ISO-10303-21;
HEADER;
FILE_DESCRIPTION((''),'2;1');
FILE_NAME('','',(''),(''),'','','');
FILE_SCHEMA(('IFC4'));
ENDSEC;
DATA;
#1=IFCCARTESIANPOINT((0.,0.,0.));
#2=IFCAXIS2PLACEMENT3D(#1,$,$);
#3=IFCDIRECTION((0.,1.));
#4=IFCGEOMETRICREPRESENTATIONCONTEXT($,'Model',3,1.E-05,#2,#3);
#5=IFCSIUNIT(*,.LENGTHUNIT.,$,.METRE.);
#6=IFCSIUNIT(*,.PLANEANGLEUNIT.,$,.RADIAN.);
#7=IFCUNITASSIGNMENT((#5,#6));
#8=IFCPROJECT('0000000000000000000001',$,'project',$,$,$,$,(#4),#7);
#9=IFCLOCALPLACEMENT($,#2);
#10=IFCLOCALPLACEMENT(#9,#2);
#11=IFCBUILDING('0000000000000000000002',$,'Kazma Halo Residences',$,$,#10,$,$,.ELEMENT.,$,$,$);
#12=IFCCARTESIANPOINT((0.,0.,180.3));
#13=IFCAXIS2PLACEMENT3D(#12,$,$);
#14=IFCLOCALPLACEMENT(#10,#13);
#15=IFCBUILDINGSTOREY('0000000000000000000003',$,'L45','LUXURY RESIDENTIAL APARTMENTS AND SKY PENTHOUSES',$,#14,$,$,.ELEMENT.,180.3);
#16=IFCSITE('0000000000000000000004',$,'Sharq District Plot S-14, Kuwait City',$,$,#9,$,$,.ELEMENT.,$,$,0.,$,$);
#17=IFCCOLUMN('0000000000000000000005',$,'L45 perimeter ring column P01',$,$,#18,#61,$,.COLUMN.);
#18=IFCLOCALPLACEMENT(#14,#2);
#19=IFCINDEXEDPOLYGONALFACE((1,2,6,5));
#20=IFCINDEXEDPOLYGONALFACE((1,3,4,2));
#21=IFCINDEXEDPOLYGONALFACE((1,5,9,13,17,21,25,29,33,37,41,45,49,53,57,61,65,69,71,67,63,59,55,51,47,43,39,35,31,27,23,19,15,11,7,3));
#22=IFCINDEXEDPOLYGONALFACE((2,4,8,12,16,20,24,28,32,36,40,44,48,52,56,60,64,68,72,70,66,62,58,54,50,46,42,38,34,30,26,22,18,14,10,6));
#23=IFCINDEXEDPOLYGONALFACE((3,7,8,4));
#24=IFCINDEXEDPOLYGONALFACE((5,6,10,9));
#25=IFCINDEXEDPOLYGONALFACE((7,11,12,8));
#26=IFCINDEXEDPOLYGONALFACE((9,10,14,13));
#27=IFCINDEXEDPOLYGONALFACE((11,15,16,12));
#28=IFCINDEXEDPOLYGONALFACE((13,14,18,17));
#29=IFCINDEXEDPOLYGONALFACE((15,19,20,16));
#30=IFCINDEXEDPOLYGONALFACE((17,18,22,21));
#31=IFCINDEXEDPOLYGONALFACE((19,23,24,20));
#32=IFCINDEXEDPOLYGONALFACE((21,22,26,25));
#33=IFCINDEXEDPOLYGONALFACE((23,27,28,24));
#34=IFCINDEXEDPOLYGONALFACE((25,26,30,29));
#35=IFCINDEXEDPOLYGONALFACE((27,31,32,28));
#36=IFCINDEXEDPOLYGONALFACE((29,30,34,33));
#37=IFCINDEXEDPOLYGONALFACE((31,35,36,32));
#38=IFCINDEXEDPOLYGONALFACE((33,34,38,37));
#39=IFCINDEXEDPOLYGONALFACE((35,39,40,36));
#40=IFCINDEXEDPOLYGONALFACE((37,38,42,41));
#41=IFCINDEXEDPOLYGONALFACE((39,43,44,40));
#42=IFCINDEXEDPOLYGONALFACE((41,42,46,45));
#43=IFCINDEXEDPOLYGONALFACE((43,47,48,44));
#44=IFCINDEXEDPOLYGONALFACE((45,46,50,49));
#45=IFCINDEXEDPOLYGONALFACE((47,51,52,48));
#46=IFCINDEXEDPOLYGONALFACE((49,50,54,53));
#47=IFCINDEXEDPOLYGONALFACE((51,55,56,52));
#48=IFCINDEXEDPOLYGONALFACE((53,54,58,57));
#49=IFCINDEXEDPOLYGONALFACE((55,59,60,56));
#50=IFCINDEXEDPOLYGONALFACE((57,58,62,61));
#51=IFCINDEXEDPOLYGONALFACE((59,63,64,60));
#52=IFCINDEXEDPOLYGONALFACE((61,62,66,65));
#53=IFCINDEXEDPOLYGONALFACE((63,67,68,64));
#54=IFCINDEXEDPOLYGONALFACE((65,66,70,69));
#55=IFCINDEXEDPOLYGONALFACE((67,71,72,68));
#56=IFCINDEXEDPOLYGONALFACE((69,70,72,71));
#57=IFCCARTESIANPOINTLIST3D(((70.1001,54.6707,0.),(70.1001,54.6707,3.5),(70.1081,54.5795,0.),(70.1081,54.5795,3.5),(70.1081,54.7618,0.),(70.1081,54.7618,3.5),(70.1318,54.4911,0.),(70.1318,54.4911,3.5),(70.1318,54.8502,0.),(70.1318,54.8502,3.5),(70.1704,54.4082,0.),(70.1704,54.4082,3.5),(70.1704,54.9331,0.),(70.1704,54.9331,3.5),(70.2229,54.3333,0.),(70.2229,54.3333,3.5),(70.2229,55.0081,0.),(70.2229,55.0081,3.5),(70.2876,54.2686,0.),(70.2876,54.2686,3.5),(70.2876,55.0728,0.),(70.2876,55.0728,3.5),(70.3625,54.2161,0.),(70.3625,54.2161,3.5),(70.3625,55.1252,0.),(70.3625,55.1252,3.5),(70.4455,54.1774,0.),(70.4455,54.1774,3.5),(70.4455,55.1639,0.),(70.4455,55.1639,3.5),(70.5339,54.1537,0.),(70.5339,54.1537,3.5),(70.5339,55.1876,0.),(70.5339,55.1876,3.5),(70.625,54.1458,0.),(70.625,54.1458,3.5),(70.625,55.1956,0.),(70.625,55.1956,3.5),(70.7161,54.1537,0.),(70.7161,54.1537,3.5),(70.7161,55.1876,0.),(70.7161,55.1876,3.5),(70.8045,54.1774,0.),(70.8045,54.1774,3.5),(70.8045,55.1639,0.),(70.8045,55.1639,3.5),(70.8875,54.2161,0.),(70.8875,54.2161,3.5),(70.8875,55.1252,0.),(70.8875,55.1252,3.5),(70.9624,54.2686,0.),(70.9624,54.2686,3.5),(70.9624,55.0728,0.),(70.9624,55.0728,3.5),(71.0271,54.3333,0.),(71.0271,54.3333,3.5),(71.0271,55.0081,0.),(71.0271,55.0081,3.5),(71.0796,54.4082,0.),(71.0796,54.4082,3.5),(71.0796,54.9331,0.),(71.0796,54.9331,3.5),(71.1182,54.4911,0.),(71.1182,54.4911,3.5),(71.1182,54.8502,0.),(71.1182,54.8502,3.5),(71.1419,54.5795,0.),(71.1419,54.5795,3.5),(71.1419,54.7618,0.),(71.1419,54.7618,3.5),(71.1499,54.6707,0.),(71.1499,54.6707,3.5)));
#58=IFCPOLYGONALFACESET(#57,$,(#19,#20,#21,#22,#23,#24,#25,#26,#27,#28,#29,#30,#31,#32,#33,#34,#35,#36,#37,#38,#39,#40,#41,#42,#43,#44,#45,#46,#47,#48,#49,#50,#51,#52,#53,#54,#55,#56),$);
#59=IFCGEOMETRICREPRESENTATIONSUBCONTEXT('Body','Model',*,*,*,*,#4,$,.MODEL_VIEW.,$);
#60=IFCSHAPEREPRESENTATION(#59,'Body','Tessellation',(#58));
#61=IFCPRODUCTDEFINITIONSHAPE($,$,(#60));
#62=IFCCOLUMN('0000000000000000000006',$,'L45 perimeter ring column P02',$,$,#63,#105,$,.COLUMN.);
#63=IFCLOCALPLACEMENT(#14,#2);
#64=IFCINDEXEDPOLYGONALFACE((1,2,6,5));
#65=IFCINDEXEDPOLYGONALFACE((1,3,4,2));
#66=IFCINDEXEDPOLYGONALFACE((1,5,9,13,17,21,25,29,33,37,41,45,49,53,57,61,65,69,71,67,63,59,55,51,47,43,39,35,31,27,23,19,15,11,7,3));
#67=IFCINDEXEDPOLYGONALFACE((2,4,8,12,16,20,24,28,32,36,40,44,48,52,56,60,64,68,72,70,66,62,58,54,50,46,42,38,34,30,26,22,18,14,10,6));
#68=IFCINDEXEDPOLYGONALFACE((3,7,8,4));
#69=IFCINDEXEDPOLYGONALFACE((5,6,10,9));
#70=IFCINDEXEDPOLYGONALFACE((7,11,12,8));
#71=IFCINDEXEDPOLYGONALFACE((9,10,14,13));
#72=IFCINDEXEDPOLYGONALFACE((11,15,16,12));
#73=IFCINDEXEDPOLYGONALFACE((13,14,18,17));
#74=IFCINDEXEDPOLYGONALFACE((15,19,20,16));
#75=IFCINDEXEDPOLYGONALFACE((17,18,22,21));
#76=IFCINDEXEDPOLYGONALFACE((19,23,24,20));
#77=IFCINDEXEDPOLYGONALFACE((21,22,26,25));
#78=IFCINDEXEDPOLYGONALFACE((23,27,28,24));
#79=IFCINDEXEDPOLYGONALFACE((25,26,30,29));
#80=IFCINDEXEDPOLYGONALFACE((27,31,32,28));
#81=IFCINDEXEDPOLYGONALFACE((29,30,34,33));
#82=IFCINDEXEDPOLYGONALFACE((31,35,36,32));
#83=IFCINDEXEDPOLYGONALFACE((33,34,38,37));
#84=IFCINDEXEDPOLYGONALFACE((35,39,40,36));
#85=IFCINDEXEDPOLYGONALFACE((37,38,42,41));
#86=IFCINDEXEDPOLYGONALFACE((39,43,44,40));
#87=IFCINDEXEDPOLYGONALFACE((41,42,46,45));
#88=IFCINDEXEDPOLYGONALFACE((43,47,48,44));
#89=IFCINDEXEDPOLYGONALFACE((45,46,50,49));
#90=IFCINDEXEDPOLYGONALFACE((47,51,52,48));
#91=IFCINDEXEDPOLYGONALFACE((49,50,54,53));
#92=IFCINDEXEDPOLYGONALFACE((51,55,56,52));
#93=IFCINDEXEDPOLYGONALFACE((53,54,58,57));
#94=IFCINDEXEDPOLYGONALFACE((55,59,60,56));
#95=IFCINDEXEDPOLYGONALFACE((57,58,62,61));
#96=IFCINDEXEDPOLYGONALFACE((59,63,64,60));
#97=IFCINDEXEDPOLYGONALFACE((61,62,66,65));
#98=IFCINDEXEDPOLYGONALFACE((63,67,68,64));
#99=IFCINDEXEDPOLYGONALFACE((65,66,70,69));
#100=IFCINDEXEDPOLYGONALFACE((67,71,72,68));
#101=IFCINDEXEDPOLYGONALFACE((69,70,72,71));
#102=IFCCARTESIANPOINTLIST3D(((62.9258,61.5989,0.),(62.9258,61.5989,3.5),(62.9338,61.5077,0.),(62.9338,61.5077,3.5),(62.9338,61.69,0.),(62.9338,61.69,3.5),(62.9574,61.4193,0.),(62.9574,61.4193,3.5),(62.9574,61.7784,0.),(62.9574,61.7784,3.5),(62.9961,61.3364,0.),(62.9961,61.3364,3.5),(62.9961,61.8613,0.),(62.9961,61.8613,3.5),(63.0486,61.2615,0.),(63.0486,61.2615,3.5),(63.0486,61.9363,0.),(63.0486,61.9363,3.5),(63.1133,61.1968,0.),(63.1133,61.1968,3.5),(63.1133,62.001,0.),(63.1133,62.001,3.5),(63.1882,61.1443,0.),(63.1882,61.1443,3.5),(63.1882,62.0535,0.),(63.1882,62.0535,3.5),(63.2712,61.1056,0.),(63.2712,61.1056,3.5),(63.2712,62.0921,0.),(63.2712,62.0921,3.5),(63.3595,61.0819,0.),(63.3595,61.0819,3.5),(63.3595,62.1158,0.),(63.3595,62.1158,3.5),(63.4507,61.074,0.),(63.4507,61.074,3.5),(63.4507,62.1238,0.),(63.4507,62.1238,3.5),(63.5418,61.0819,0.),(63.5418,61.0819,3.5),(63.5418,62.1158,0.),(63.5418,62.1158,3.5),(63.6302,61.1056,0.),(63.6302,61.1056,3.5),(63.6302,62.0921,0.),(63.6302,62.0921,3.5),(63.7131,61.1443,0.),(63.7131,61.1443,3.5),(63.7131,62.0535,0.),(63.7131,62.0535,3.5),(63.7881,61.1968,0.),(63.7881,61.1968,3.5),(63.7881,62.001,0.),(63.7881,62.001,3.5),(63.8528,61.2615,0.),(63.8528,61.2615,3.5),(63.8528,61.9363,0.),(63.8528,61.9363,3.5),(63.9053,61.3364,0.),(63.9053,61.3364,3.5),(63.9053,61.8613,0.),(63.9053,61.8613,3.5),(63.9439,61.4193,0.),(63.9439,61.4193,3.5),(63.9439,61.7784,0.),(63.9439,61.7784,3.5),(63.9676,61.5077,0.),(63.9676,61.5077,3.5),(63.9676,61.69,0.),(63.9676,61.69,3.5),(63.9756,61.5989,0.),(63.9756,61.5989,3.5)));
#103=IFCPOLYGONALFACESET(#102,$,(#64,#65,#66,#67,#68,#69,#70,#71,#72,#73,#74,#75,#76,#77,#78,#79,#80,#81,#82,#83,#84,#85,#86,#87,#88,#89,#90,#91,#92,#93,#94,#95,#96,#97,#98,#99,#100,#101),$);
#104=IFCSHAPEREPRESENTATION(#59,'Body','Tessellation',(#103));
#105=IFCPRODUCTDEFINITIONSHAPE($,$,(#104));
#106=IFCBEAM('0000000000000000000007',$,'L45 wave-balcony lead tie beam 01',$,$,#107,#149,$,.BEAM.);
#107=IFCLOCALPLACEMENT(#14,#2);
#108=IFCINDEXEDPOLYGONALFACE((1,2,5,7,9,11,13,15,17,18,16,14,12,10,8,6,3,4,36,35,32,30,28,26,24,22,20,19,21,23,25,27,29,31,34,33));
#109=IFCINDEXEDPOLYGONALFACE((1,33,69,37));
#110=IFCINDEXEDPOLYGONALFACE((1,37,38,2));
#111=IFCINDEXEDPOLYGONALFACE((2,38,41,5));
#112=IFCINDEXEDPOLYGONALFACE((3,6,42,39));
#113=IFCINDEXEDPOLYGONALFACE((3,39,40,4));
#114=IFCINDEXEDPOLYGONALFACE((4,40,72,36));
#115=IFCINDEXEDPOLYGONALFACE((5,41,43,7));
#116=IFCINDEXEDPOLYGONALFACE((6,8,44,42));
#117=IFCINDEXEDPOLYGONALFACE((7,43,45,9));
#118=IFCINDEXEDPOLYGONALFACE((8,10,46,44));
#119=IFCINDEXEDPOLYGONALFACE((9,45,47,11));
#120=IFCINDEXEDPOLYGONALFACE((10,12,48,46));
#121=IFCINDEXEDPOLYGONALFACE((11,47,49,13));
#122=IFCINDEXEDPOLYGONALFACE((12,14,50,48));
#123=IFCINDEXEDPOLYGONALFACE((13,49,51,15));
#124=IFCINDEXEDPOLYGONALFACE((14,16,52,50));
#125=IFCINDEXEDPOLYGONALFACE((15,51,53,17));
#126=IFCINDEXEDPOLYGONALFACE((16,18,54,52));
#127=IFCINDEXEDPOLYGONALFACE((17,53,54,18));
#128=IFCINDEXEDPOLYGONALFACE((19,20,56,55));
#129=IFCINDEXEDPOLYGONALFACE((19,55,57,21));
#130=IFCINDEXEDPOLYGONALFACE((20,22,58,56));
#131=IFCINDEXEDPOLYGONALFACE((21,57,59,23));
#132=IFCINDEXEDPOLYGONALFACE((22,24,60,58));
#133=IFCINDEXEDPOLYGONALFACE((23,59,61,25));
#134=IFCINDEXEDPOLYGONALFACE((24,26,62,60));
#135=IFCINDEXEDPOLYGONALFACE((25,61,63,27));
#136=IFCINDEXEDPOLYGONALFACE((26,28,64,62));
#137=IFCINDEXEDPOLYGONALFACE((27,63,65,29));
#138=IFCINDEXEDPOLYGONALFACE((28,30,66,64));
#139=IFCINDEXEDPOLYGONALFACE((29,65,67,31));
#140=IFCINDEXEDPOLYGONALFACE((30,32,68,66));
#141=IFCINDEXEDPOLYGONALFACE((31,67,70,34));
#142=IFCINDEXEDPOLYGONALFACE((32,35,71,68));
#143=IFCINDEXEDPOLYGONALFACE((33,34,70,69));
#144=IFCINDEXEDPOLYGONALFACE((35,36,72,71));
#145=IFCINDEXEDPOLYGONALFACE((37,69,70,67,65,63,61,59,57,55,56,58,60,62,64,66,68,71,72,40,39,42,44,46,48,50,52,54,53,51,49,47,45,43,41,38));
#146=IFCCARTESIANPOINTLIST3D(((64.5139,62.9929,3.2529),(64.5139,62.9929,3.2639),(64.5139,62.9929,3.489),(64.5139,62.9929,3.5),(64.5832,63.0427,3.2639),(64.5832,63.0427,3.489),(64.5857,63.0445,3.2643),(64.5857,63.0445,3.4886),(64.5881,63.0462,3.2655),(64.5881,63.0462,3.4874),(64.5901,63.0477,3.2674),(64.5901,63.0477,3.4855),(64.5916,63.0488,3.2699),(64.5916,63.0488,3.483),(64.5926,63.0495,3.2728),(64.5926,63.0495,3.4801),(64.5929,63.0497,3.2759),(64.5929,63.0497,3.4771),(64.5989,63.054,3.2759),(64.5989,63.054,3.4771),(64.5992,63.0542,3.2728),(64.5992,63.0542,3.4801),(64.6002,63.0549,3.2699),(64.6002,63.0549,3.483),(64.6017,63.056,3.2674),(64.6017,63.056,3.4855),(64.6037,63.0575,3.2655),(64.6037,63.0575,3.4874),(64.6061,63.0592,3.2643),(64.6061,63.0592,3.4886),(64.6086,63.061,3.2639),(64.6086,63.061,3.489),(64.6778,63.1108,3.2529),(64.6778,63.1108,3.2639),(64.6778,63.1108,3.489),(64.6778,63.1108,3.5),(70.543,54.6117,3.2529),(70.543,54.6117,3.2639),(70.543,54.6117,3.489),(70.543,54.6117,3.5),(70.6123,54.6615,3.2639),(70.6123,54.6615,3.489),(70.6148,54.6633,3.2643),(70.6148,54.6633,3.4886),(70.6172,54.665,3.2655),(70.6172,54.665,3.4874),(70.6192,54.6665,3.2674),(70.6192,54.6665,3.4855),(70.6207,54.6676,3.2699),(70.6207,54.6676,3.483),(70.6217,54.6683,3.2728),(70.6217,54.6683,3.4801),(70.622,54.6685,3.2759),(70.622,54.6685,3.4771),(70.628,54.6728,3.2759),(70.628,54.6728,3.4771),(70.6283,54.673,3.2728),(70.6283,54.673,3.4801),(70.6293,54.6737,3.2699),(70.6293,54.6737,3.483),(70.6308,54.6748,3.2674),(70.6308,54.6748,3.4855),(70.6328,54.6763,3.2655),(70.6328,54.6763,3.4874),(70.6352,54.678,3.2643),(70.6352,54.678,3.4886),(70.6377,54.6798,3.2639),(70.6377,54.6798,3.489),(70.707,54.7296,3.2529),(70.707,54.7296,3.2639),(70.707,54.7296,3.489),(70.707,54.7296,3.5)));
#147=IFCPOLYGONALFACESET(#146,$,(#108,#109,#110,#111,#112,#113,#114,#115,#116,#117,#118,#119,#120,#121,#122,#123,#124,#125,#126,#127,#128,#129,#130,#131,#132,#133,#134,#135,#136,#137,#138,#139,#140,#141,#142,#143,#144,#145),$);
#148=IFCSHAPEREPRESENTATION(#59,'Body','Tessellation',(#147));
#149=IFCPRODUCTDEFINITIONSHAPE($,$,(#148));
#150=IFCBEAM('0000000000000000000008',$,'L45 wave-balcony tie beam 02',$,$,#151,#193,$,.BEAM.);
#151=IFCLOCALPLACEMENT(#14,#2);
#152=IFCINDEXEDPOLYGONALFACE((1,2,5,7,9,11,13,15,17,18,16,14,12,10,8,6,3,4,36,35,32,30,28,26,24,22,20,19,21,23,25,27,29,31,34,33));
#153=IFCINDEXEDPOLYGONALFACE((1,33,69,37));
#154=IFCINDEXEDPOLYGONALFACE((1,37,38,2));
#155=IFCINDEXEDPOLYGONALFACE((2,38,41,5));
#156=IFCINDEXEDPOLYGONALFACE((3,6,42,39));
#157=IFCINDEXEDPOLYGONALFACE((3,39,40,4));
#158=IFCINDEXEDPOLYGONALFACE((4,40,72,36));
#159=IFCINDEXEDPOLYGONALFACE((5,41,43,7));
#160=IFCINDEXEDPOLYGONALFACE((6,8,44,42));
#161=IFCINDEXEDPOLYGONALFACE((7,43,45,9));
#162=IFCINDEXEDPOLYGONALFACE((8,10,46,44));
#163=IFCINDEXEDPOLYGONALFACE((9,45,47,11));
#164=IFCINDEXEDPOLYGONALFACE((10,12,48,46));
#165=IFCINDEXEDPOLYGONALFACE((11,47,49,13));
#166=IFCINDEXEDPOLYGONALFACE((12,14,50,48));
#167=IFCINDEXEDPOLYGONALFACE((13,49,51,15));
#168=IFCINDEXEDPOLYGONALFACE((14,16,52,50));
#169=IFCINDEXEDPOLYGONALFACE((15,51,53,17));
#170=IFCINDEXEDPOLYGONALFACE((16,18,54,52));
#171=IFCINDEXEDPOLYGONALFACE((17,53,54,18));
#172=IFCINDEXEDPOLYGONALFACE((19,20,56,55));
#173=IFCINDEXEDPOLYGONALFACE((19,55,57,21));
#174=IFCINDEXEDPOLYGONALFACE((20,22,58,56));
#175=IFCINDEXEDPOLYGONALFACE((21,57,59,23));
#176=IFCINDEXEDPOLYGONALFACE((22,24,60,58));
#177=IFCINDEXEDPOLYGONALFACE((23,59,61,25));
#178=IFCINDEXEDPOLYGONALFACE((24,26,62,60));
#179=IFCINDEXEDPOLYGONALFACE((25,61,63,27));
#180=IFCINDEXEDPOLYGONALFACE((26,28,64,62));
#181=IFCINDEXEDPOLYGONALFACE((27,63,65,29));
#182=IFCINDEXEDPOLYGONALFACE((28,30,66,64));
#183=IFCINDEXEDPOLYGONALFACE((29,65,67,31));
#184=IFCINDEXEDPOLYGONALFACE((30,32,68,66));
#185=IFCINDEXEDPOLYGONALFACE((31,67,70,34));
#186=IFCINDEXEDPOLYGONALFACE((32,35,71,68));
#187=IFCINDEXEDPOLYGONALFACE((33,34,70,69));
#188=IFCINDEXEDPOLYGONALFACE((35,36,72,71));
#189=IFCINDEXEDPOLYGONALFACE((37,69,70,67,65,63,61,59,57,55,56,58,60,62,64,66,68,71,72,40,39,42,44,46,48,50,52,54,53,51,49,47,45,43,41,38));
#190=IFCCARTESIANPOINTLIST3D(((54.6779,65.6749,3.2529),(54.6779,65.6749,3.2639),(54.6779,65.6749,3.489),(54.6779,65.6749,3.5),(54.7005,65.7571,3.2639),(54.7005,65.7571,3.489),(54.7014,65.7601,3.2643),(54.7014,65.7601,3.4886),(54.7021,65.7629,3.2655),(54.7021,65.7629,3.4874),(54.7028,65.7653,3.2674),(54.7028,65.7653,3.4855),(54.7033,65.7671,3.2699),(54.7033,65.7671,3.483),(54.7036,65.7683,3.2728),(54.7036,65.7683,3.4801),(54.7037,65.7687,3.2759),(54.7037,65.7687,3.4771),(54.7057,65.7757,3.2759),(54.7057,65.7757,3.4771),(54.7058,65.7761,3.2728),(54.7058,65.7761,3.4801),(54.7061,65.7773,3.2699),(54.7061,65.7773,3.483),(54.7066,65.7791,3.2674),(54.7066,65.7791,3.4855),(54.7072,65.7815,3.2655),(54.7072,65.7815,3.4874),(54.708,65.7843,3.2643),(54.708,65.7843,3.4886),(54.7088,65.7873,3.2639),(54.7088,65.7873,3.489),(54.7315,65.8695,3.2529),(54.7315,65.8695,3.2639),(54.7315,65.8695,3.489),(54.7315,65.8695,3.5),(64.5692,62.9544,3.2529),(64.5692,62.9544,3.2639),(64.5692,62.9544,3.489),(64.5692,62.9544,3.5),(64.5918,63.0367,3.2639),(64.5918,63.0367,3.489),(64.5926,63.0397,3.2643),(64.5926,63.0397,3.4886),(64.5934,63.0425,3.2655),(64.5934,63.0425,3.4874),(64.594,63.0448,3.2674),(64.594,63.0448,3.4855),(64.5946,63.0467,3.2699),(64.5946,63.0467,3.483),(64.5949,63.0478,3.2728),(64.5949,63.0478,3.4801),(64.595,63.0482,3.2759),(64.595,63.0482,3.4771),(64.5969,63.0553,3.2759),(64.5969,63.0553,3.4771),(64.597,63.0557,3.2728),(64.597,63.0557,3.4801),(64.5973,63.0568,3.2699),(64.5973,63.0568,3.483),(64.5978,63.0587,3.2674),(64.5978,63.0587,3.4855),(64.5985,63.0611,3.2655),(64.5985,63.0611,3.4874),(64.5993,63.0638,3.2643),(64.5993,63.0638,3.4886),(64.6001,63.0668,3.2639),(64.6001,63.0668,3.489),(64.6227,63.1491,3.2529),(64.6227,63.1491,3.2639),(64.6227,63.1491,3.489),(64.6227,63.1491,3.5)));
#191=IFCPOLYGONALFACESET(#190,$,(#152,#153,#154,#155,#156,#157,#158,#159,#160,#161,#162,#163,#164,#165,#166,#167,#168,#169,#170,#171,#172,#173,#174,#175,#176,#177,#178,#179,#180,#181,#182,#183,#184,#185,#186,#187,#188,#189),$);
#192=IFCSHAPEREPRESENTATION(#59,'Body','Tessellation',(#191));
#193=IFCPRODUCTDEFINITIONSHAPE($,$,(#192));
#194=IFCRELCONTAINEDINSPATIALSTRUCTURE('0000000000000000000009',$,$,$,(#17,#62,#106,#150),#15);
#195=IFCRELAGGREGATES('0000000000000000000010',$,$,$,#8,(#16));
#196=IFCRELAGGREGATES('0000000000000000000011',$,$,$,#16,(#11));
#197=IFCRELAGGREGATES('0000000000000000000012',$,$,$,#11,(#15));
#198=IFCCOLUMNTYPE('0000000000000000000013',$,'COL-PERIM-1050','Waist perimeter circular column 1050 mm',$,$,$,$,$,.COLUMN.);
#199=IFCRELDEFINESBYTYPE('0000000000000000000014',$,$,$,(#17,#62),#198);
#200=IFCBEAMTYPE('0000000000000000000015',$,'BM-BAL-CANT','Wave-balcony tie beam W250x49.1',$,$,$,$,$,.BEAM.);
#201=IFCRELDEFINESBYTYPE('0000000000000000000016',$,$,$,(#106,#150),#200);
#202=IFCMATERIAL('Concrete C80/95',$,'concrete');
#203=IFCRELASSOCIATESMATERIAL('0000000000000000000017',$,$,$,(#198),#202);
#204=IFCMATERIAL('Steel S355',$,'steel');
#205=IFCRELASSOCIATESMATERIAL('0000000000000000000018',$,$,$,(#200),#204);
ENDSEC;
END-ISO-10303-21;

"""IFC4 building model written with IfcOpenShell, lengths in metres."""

from ifc_helpers import new_model, si_unit, direction, frame, origin, origin_2d, place, context, subcontext, project, spatial, circle, i_section, extrude, material, material_profile, profile_set, type_object, element, save


model = new_model("IFC4")

# Units and contexts
model_context = context("Model", 3, precision=1e-05, world=origin(), true_north=direction((0.0, 1.0)))
body_context = subcontext(model_context, "Body", "Model", "MODEL_VIEW")
ifc_project = project(units=[si_unit("LENGTHUNIT", "METRE"), si_unit("PLANEANGLEUNIT", "RADIAN")], contexts=[model_context])

# Site, building, storey
site_placement = place(None, origin())
site = spatial("IfcSite", under=ifc_project, at=site_placement, Name="Sharq District Plot S-14, Kuwait City", CompositionType="ELEMENT", RefElevation=0.0)
building_placement = place(site_placement, origin())
building = spatial("IfcBuilding", under=site, at=building_placement, Name="Kazma Halo Residences", CompositionType="ELEMENT")
storey_placement = place(building_placement, frame((0.0, 0.0, 180.3)))
storey = spatial("IfcBuildingStorey", under=building, at=storey_placement, Name="L45", Description="LUXURY RESIDENTIAL APARTMENTS AND SKY PENTHOUSES", CompositionType="ELEMENT", Elevation=180.3)

# Columns
ifc_material_1 = material(Name="Concrete C80/95", Category="concrete")
ifc_material_profile_1 = material_profile(ifc_material_1, circle(Radius=0.5249, at=origin_2d()), Name="CIRC1050")
ifc_profile_set_1 = profile_set([ifc_material_profile_1], Name="Concrete C80/95")
column_type = type_object("IfcColumnType", Name="COL-PERIM-1050", Description="Waist perimeter circular column 1050 mm", PredefinedType="COLUMN", material=ifc_profile_set_1)
for number, where, z_axis, x_axis, name in (
    (1, (70.625, 54.6707, 0.0), (0.0, 0.0, 1.0), (1.0, 0.0, 0.0), "L45 perimeter ring column P01"),
    (2, (63.4507, 61.5989, 0.0), (0.0, 0.0, 1.0), (1.0, 0.0, 0.0), "L45 perimeter ring column P02"),
):
    element("IfcColumn", number, at=place(storey_placement, frame(where, z_axis=z_axis, x_axis=x_axis)), inside=storey, type_object=column_type, Name=name, PredefinedType="COLUMN", context=body_context, shape_type="SweptSolid", body=[
        extrude(circle(Radius=0.5249, at=origin_2d()), origin(), (0.0, 0.0, 1.0), 3.5),
    ])

# Beams
ifc_material_2 = material(Name="Steel S355", Category="steel")
ifc_material_profile_2 = material_profile(ifc_material_2, i_section(OverallWidth=0.2019, OverallDepth=0.2471, WebThickness=0.0073, FlangeThickness=0.011, FilletRadius=0.012, at=origin_2d()), Name="W250x49.1")
ifc_profile_set_2 = profile_set([ifc_material_profile_2], Name="Steel S355")
beam_type_1 = type_object("IfcBeamType", Name="BM-BAL-CANT", Description="Wave-balcony tie beam W250x49.1", PredefinedType="BEAM", material=ifc_profile_set_2)
beam_1_placement = place(storey_placement, frame((70.625, 54.6707, 3.3765), z_axis=(-0.583964, 0.81178, 0.0), x_axis=(-0.81178, -0.583964, 0.0)))
element("IfcBeam", 3, at=beam_1_placement, inside=storey, type_object=beam_type_1, Name="L45 wave-balcony lead tie beam 01", PredefinedType="BEAM", context=body_context, shape_type="SweptSolid", body=[
    extrude(i_section(OverallWidth=0.2019, OverallDepth=0.2471, WebThickness=0.0073, FlangeThickness=0.011, FilletRadius=0.012, at=origin_2d()), origin(), (0.0, 0.0, 1.0), 10.3245),
])
beam_2_placement = place(storey_placement, frame((64.5959, 63.0518, 3.3765), z_axis=(-0.964197, 0.265187, 0.0), x_axis=(-0.265187, -0.964197, 0.0)))
element("IfcBeam", 4, at=beam_2_placement, inside=storey, type_object=beam_type_1, Name="L45 wave-balcony tie beam 02", PredefinedType="BEAM", context=body_context, shape_type="SweptSolid", body=[
    extrude(i_section(OverallWidth=0.2019, OverallDepth=0.2471, WebThickness=0.0073, FlangeThickness=0.011, FilletRadius=0.012, at=origin_2d()), origin(), (0.0, 0.0, 1.0), 10.2585),
])

save(model, "model.ifc")
